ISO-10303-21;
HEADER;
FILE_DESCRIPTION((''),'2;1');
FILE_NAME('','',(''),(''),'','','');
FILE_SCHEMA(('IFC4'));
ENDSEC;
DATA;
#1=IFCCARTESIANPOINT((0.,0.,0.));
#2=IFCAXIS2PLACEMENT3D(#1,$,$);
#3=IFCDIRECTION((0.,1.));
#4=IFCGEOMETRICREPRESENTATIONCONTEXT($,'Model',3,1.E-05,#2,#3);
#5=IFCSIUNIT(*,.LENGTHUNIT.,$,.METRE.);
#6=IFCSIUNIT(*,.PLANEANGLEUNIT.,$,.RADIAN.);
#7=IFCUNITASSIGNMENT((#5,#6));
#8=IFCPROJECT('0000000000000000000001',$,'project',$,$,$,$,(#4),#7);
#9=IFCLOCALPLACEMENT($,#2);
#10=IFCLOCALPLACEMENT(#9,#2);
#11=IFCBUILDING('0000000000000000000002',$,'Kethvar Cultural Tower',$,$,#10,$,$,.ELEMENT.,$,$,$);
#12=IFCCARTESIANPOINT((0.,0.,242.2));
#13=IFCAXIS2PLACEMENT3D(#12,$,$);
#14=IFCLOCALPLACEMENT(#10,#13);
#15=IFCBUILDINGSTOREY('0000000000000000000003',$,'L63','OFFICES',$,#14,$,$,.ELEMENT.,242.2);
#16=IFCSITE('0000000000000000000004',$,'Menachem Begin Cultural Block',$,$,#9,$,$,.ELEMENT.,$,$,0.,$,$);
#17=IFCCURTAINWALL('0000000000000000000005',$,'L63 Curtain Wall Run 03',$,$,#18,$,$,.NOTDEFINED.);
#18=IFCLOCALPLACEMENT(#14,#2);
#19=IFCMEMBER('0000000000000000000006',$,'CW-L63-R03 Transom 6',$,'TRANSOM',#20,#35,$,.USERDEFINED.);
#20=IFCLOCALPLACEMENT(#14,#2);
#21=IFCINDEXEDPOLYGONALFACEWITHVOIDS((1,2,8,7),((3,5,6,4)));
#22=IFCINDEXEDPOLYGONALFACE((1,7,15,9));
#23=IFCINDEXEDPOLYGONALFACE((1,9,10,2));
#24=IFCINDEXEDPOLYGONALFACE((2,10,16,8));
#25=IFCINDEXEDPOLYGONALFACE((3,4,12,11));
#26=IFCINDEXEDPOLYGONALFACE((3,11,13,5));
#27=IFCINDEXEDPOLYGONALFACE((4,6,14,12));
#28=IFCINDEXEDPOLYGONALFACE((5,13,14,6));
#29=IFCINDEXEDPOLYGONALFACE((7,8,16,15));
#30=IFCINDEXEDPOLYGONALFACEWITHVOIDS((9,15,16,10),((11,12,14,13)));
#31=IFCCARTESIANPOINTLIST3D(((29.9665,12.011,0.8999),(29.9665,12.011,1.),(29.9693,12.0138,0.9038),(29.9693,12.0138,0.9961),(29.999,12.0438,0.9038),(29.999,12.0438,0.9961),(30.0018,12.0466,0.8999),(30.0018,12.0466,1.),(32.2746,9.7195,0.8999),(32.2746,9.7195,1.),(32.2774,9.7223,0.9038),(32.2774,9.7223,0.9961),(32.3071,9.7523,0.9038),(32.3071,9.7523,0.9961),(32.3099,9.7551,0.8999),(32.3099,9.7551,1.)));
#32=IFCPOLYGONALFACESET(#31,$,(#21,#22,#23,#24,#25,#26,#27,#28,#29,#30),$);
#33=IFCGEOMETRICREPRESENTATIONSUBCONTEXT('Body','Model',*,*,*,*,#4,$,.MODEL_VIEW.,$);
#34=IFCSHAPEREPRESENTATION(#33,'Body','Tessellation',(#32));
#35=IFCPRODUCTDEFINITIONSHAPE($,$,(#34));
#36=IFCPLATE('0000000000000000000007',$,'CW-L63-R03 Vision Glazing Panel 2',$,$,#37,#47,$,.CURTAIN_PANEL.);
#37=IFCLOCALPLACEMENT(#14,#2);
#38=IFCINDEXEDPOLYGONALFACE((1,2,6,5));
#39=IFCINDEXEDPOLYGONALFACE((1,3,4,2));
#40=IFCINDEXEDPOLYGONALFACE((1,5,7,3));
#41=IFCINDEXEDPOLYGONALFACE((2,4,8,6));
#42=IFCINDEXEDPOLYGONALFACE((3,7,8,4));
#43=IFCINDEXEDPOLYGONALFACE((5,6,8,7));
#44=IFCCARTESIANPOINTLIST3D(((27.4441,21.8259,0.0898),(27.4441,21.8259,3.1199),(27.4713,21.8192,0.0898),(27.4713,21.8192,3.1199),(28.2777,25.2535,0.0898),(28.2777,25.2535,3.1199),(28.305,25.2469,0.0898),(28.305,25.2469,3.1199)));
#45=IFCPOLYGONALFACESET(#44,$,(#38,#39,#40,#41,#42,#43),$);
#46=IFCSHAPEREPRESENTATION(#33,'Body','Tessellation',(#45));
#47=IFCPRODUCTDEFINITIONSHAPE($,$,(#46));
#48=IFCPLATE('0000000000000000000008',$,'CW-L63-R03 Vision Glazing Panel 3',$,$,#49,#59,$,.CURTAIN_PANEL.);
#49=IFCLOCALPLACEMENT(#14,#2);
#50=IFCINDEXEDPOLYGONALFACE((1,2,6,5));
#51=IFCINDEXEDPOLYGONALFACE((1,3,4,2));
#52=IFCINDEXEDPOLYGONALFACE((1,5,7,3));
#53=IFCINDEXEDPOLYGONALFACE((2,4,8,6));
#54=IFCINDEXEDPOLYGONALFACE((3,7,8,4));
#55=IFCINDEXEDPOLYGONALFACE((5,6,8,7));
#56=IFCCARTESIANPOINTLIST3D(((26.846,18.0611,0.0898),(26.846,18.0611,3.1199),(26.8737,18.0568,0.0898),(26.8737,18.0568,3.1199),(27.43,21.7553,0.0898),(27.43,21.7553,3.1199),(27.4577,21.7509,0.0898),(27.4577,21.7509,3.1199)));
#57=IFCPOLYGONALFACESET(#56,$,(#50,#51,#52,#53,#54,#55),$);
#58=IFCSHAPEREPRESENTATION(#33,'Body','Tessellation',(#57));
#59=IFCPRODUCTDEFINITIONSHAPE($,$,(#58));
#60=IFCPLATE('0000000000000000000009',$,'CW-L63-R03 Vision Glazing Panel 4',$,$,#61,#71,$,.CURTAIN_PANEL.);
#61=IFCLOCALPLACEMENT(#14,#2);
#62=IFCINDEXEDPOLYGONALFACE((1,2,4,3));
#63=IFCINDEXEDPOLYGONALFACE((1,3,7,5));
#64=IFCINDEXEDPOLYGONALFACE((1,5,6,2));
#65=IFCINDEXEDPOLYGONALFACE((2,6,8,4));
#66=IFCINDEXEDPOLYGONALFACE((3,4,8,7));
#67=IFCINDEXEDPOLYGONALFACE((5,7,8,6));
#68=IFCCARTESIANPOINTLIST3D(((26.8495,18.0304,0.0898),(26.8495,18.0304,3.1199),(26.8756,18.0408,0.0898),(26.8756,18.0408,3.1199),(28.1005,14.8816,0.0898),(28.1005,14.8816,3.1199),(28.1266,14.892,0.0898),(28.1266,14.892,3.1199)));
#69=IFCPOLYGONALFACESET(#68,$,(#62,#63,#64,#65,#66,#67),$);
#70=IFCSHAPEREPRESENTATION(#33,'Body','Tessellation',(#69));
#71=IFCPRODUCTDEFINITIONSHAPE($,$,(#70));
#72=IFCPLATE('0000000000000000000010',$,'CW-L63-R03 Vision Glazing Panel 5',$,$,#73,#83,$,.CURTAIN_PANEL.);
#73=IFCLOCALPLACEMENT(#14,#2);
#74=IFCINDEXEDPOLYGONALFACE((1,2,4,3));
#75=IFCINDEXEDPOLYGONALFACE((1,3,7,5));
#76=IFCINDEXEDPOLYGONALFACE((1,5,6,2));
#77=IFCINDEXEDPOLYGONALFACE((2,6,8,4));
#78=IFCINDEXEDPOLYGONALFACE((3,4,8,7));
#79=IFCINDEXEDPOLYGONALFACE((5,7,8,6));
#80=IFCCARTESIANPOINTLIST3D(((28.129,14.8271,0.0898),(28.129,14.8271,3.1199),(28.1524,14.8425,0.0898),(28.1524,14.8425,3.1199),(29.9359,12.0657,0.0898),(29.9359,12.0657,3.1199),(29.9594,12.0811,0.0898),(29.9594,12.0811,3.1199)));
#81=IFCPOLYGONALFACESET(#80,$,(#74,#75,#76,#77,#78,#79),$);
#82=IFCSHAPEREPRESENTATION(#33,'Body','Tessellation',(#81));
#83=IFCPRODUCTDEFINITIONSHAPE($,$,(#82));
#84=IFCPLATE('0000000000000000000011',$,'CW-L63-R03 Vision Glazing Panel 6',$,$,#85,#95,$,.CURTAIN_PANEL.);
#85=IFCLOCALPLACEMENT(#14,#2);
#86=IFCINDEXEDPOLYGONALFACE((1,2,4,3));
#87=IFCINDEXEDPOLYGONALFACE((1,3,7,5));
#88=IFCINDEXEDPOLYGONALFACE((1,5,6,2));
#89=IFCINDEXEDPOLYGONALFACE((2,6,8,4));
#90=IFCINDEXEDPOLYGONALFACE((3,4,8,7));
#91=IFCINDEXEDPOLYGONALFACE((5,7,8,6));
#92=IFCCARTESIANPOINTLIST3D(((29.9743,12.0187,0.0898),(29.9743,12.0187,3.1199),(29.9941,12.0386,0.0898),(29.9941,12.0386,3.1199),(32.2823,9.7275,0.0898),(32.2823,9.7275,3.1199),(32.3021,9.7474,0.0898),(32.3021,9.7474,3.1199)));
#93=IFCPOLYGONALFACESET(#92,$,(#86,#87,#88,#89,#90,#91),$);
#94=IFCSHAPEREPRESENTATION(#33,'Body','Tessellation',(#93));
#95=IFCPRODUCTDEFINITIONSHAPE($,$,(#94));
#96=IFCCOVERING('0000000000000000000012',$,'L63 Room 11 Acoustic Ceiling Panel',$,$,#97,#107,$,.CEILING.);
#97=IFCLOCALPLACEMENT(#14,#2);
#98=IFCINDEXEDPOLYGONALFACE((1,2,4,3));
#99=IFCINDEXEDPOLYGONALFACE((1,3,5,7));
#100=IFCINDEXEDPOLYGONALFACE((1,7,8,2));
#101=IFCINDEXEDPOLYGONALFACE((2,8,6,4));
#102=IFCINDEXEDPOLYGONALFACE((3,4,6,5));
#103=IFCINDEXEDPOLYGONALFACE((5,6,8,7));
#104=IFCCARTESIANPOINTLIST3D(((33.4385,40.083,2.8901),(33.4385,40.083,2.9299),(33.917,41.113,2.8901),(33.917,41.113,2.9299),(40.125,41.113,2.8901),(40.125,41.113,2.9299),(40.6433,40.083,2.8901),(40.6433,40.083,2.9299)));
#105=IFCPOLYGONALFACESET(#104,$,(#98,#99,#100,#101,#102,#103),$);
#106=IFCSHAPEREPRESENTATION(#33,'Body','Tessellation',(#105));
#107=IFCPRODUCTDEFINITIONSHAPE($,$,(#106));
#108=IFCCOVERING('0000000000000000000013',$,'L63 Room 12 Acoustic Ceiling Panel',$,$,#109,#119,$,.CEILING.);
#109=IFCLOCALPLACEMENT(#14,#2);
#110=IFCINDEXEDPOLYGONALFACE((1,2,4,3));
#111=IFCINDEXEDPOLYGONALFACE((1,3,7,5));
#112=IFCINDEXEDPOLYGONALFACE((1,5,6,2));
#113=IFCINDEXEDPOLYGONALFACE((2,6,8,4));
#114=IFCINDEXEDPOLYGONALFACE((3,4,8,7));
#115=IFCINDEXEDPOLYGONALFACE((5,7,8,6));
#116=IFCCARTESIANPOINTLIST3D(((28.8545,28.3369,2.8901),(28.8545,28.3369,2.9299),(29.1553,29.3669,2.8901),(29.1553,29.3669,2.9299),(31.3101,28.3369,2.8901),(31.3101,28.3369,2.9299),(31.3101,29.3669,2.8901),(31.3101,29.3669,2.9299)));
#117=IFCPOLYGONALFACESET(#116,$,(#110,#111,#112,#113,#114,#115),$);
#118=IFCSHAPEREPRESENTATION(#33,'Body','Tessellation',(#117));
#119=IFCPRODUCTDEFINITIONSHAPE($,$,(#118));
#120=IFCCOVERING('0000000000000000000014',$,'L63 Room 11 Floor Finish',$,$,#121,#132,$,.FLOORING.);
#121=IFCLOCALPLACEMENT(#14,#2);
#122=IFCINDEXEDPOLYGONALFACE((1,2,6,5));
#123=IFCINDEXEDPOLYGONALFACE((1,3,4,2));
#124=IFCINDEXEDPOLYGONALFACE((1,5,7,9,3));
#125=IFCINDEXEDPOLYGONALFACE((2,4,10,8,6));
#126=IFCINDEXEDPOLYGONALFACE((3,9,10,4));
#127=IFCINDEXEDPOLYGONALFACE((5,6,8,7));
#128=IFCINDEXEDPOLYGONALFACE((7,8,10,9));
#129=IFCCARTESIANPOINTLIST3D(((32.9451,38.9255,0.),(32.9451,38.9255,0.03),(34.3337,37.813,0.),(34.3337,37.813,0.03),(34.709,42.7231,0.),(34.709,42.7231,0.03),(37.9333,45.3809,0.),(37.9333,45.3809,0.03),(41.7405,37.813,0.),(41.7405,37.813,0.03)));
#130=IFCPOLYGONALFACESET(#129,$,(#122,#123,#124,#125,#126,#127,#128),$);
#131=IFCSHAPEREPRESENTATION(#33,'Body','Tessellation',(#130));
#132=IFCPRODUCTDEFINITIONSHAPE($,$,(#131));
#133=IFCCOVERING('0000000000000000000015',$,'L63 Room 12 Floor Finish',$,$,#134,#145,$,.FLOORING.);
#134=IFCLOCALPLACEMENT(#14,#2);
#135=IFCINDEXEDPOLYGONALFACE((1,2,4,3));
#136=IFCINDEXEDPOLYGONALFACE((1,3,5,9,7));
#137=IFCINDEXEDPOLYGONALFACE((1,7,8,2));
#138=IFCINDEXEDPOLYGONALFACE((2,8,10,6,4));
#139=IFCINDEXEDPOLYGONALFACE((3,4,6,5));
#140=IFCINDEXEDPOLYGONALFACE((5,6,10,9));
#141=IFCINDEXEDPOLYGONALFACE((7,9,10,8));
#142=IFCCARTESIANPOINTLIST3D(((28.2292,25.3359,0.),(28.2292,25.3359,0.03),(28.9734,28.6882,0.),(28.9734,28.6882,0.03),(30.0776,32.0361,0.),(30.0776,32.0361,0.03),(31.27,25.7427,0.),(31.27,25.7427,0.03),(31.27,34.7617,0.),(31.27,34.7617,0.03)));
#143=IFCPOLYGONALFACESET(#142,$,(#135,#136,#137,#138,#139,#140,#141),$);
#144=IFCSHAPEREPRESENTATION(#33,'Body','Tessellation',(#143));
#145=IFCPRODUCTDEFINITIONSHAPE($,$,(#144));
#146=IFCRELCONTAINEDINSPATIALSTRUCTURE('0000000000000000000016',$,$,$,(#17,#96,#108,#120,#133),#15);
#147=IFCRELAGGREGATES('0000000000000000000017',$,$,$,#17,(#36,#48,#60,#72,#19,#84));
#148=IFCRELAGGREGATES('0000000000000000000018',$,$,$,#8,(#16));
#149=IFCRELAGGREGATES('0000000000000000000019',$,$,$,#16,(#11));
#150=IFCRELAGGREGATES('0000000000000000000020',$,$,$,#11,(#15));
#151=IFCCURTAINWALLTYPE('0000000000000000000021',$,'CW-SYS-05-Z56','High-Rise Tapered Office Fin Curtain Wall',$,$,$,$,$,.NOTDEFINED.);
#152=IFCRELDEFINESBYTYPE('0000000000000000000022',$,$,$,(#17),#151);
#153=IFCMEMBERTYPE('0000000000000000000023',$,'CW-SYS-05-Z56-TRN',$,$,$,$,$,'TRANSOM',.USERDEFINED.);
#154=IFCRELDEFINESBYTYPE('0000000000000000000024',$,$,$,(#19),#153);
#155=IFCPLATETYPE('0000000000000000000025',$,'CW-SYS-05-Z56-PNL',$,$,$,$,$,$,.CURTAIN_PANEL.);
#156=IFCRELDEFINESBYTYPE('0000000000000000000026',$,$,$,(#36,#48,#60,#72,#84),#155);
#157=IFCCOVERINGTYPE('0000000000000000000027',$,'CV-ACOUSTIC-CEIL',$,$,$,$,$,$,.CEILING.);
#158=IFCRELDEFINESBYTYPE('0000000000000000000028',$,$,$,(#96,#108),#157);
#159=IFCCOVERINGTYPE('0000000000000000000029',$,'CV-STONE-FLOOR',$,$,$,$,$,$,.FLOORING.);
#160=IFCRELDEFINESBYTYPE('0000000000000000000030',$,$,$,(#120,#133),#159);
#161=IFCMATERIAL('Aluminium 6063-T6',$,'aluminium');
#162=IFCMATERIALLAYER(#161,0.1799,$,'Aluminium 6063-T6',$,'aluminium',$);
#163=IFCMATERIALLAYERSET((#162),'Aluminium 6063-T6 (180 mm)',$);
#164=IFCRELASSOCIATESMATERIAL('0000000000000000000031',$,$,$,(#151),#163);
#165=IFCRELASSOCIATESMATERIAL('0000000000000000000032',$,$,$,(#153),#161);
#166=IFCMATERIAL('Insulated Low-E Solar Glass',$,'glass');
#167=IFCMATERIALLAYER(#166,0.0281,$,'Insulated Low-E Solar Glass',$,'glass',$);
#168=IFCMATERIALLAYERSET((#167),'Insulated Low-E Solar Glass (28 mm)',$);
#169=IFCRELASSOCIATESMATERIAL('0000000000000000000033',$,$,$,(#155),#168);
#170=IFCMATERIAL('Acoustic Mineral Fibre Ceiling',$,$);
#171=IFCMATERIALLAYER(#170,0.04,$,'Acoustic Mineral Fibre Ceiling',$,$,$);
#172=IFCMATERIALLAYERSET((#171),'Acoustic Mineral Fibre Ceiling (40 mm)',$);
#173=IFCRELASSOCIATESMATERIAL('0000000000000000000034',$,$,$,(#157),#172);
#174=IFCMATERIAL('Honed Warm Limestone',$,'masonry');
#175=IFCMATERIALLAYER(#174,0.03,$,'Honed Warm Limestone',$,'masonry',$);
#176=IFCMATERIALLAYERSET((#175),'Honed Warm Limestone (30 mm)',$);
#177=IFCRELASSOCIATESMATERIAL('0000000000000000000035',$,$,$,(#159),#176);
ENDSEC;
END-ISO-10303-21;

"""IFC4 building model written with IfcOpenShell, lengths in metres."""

from ifc_helpers import new_model, si_unit, direction, frame, origin, origin_2d, place, context, subcontext, project, spatial, polyline, rectangle, hollow_rectangle, outline, extrude, source, transform, mapped, material, layer, layer_set, material_profile, profile_set, type_object, element, aggregate, save


model = new_model("IFC4")

# Units and contexts
model_context = context("Model", 3, precision=1e-05, world=origin(), true_north=direction((0.0, 1.0)))
body_context = subcontext(model_context, "Body", "Model", "MODEL_VIEW")
ifc_project = project(units=[si_unit("LENGTHUNIT", "METRE"), si_unit("PLANEANGLEUNIT", "RADIAN")], contexts=[model_context])

# Site, building, storey
site_placement = place(None, origin())
site = spatial("IfcSite", under=ifc_project, at=site_placement, Name="Menachem Begin Cultural Block", CompositionType="ELEMENT", RefElevation=0.0)
building_placement = place(site_placement, origin())
building = spatial("IfcBuilding", under=site, at=building_placement, Name="Kethvar Cultural Tower", CompositionType="ELEMENT")
storey_placement = place(building_placement, frame((0.0, 0.0, 242.2)))
storey = spatial("IfcBuildingStorey", under=building, at=storey_placement, Name="L63", Description="OFFICES", CompositionType="ELEMENT", Elevation=242.2)

# Curtain wall, member, plates
ifc_material_1 = material(Name="Aluminium 6063-T6", Category="aluminium")
ifc_layer_1 = layer(ifc_material_1, 0.1799, Name="Aluminium 6063-T6", Category="aluminium")
ifc_layer_set_1 = layer_set([ifc_layer_1], Name="Aluminium 6063-T6 (180 mm)")
curtain_wall_type = type_object("IfcCurtainWallType", Name="CW-SYS-05-Z56", Description="High-Rise Tapered Office Fin Curtain Wall", PredefinedType="NOTDEFINED", material=ifc_layer_set_1)
curtain_wall_placement = place(storey_placement, origin())
curtain_wall = element("IfcCurtainWall", 1, at=curtain_wall_placement, inside=storey, type_object=curtain_wall_type, Name="L63 Curtain Wall Run 03", PredefinedType="NOTDEFINED")
ifc_material_profile_1 = material_profile(ifc_material_1, hollow_rectangle(XDim=0.05, YDim=0.1001, WallThickness=0.0039, at=origin_2d()), Name="Aluminium 6063-T6 — RHS100x50x4")
ifc_profile_set_1 = profile_set([ifc_material_profile_1], Name="Aluminium 6063-T6 — RHS100x50x4")
member_type_1 = type_object("IfcMemberType", Name="CW-SYS-05-Z56-TRN", ElementType="TRANSOM", PredefinedType="USERDEFINED", material=ifc_profile_set_1)
shared_shape_1 = source(origin(), body_context, "Body", "SweptSolid", [
    extrude(hollow_rectangle(XDim=0.05, YDim=0.1001, WallThickness=0.0039, at=origin_2d()), origin(), (0.0, 0.0, 1.0), 3.2524),
])
member_1_placement = place(storey_placement, frame((29.9841, 12.0288, 0.95), z_axis=(0.709654, -0.70455, 0.0), x_axis=(0.70455, 0.709654, 0.0)))
member_1 = element("IfcMember", 2, at=member_1_placement, type_object=member_type_1, Name="CW-L63-R03 Transom 6", ObjectType="TRANSOM", PredefinedType="USERDEFINED", context=body_context, shape_type="MappedRepresentation", body=[
    mapped(shared_shape_1, transform((0.0, 0.0, 0.0), scale=1.0)),
])
ifc_material_2 = material(Name="Insulated Low-E Solar Glass", Category="glass")
ifc_layer_2 = layer(ifc_material_2, 0.0281, Name="Insulated Low-E Solar Glass", Category="glass")
ifc_layer_set_2 = layer_set([ifc_layer_2], Name="Insulated Low-E Solar Glass (28 mm)")
plate_type = type_object("IfcPlateType", Name="CW-SYS-05-Z56-PNL", PredefinedType="CURTAIN_PANEL", material=ifc_layer_set_2)
shared_shape_2 = source(origin(), body_context, "Body", "SweptSolid", [
    extrude(rectangle(XDim=3.5276, YDim=0.0281, at=origin_2d()), origin(), (0.0, 0.0, 1.0), 3.03),
])
plate_1_placement = place(storey_placement, frame((27.8745, 23.5364, 0.0898), z_axis=(0.0, 0.0, 1.0), x_axis=(-0.236312, -0.971677, 0.0)))
plate_1 = element("IfcPlate", 3, at=plate_1_placement, type_object=plate_type, Name="CW-L63-R03 Vision Glazing Panel 2", PredefinedType="CURTAIN_PANEL", context=body_context, shape_type="MappedRepresentation", body=[
    mapped(shared_shape_2, transform((0.0, 0.0, 0.0), scale=1.0)),
])
shared_shape_3 = source(origin(), body_context, "Body", "SweptSolid", [
    extrude(rectangle(XDim=3.74, YDim=0.0281, at=origin_2d()), origin(), (0.0, 0.0, 1.0), 3.03),
])
plate_2_placement = place(storey_placement, frame((27.1519, 19.906, 0.0898), z_axis=(0.0, 0.0, 1.0), x_axis=(-0.156141, -0.987735, 0.0)))
plate_2 = element("IfcPlate", 4, at=plate_2_placement, type_object=plate_type, Name="CW-L63-R03 Vision Glazing Panel 3", PredefinedType="CURTAIN_PANEL", context=body_context, shape_type="MappedRepresentation", body=[
    mapped(shared_shape_3, transform((0.0, 0.0, 0.0), scale=1.0)),
])
shared_shape_4 = source(origin(), body_context, "Body", "SweptSolid", [
    extrude(rectangle(XDim=3.3882, YDim=0.0281, at=origin_2d()), origin(), (0.0, 0.0, 1.0), 3.03),
])
plate_3_placement = place(storey_placement, frame((27.488, 16.4612, 0.0898), z_axis=(0.0, 0.0, 1.0), x_axis=(0.369228, -0.929339, 0.0)))
plate_3 = element("IfcPlate", 5, at=plate_3_placement, type_object=plate_type, Name="CW-L63-R03 Vision Glazing Panel 4", PredefinedType="CURTAIN_PANEL", context=body_context, shape_type="MappedRepresentation", body=[
    mapped(shared_shape_4, transform((0.0, 0.0, 0.0), scale=1.0)),
])
shared_shape_5 = source(origin(), body_context, "Body", "SweptSolid", [
    extrude(rectangle(XDim=3.3, YDim=0.0281, at=origin_2d()), origin(), (0.0, 0.0, 1.0), 3.03),
])
plate_4_placement = place(storey_placement, frame((29.0442, 13.4541, 0.0898), z_axis=(0.0, 0.0, 1.0), x_axis=(0.547563, -0.836764, 0.0)))
plate_4 = element("IfcPlate", 6, at=plate_4_placement, type_object=plate_type, Name="CW-L63-R03 Vision Glazing Panel 5", PredefinedType="CURTAIN_PANEL", context=body_context, shape_type="MappedRepresentation", body=[
    mapped(shared_shape_5, transform((0.0, 0.0, 0.0), scale=1.0)),
])
shared_shape_6 = source(origin(), body_context, "Body", "SweptSolid", [
    extrude(rectangle(XDim=3.2522, YDim=0.0281, at=origin_2d()), origin(), (0.0, 0.0, 1.0), 3.03),
])
plate_5_placement = place(storey_placement, frame((31.1382, 10.8831, 0.0898), z_axis=(0.0, 0.0, 1.0), x_axis=(0.709681, -0.704523, 0.0)))
plate_5 = element("IfcPlate", 7, at=plate_5_placement, type_object=plate_type, Name="CW-L63-R03 Vision Glazing Panel 6", PredefinedType="CURTAIN_PANEL", context=body_context, shape_type="MappedRepresentation", body=[
    mapped(shared_shape_6, transform((0.0, 0.0, 0.0), scale=1.0)),
])
aggregate(curtain_wall, [plate_1, plate_2, plate_3, plate_4, member_1, plate_5])

# Coverings
ifc_material_3 = material(Name="Acoustic Mineral Fibre Ceiling")
ifc_layer_3 = layer(ifc_material_3, 0.04, Name="Acoustic Mineral Fibre Ceiling")
ifc_layer_set_3 = layer_set([ifc_layer_3], Name="Acoustic Mineral Fibre Ceiling (40 mm)")
covering_type_1 = type_object("IfcCoveringType", Name="CV-ACOUSTIC-CEIL", PredefinedType="CEILING", material=ifc_layer_set_3)
covering_1_placement = place(storey_placement, frame((0.0, 0.0, 2.8901)))
element("IfcCovering", 8, at=covering_1_placement, inside=storey, type_object=covering_type_1, Name="L63 Room 11 Acoustic Ceiling Panel", PredefinedType="CEILING", context=body_context, shape_type="SweptSolid", body=[
    extrude(outline(polyline([(40.6433, 40.083), (33.4385, 40.083), (33.917, 41.113), (40.125, 41.113), (40.6433, 40.083)])), origin(), (0.0, 0.0, 1.0), 0.0398),
])
covering_2_placement = place(storey_placement, frame((0.0, 0.0, 2.8901)))
element("IfcCovering", 9, at=covering_2_placement, inside=storey, type_object=covering_type_1, Name="L63 Room 12 Acoustic Ceiling Panel", PredefinedType="CEILING", context=body_context, shape_type="SweptSolid", body=[
    extrude(outline(polyline([(28.8545, 28.3369), (29.1553, 29.3669), (31.3101, 29.3669), (31.3101, 28.3369), (28.8545, 28.3369)])), origin(), (0.0, 0.0, 1.0), 0.0398),
])
ifc_material_4 = material(Name="Honed Warm Limestone", Category="masonry")
ifc_layer_4 = layer(ifc_material_4, 0.03, Name="Honed Warm Limestone", Category="masonry")
ifc_layer_set_4 = layer_set([ifc_layer_4], Name="Honed Warm Limestone (30 mm)")
covering_type_2 = type_object("IfcCoveringType", Name="CV-STONE-FLOOR", PredefinedType="FLOORING", material=ifc_layer_set_4)
covering_3_placement = place(storey_placement, origin())
element("IfcCovering", 10, at=covering_3_placement, inside=storey, type_object=covering_type_2, Name="L63 Room 11 Floor Finish", PredefinedType="FLOORING", context=body_context, shape_type="SweptSolid", body=[
    extrude(outline(polyline([(34.709, 42.7231), (37.9333, 45.3809), (41.7405, 37.813), (34.3337, 37.813), (32.9451, 38.9255), (34.709, 42.7231)])), origin(), (0.0, 0.0, 1.0), 0.03),
])
covering_4_placement = place(storey_placement, origin())
element("IfcCovering", 11, at=covering_4_placement, inside=storey, type_object=covering_type_2, Name="L63 Room 12 Floor Finish", PredefinedType="FLOORING", context=body_context, shape_type="SweptSolid", body=[
    extrude(outline(polyline([(28.9734, 28.6882), (30.0776, 32.0361), (31.27, 34.7617), (31.27, 25.7427), (28.2292, 25.3359), (28.9734, 28.6882)])), origin(), (0.0, 0.0, 1.0), 0.03),
])

save(model, "model.ifc")
